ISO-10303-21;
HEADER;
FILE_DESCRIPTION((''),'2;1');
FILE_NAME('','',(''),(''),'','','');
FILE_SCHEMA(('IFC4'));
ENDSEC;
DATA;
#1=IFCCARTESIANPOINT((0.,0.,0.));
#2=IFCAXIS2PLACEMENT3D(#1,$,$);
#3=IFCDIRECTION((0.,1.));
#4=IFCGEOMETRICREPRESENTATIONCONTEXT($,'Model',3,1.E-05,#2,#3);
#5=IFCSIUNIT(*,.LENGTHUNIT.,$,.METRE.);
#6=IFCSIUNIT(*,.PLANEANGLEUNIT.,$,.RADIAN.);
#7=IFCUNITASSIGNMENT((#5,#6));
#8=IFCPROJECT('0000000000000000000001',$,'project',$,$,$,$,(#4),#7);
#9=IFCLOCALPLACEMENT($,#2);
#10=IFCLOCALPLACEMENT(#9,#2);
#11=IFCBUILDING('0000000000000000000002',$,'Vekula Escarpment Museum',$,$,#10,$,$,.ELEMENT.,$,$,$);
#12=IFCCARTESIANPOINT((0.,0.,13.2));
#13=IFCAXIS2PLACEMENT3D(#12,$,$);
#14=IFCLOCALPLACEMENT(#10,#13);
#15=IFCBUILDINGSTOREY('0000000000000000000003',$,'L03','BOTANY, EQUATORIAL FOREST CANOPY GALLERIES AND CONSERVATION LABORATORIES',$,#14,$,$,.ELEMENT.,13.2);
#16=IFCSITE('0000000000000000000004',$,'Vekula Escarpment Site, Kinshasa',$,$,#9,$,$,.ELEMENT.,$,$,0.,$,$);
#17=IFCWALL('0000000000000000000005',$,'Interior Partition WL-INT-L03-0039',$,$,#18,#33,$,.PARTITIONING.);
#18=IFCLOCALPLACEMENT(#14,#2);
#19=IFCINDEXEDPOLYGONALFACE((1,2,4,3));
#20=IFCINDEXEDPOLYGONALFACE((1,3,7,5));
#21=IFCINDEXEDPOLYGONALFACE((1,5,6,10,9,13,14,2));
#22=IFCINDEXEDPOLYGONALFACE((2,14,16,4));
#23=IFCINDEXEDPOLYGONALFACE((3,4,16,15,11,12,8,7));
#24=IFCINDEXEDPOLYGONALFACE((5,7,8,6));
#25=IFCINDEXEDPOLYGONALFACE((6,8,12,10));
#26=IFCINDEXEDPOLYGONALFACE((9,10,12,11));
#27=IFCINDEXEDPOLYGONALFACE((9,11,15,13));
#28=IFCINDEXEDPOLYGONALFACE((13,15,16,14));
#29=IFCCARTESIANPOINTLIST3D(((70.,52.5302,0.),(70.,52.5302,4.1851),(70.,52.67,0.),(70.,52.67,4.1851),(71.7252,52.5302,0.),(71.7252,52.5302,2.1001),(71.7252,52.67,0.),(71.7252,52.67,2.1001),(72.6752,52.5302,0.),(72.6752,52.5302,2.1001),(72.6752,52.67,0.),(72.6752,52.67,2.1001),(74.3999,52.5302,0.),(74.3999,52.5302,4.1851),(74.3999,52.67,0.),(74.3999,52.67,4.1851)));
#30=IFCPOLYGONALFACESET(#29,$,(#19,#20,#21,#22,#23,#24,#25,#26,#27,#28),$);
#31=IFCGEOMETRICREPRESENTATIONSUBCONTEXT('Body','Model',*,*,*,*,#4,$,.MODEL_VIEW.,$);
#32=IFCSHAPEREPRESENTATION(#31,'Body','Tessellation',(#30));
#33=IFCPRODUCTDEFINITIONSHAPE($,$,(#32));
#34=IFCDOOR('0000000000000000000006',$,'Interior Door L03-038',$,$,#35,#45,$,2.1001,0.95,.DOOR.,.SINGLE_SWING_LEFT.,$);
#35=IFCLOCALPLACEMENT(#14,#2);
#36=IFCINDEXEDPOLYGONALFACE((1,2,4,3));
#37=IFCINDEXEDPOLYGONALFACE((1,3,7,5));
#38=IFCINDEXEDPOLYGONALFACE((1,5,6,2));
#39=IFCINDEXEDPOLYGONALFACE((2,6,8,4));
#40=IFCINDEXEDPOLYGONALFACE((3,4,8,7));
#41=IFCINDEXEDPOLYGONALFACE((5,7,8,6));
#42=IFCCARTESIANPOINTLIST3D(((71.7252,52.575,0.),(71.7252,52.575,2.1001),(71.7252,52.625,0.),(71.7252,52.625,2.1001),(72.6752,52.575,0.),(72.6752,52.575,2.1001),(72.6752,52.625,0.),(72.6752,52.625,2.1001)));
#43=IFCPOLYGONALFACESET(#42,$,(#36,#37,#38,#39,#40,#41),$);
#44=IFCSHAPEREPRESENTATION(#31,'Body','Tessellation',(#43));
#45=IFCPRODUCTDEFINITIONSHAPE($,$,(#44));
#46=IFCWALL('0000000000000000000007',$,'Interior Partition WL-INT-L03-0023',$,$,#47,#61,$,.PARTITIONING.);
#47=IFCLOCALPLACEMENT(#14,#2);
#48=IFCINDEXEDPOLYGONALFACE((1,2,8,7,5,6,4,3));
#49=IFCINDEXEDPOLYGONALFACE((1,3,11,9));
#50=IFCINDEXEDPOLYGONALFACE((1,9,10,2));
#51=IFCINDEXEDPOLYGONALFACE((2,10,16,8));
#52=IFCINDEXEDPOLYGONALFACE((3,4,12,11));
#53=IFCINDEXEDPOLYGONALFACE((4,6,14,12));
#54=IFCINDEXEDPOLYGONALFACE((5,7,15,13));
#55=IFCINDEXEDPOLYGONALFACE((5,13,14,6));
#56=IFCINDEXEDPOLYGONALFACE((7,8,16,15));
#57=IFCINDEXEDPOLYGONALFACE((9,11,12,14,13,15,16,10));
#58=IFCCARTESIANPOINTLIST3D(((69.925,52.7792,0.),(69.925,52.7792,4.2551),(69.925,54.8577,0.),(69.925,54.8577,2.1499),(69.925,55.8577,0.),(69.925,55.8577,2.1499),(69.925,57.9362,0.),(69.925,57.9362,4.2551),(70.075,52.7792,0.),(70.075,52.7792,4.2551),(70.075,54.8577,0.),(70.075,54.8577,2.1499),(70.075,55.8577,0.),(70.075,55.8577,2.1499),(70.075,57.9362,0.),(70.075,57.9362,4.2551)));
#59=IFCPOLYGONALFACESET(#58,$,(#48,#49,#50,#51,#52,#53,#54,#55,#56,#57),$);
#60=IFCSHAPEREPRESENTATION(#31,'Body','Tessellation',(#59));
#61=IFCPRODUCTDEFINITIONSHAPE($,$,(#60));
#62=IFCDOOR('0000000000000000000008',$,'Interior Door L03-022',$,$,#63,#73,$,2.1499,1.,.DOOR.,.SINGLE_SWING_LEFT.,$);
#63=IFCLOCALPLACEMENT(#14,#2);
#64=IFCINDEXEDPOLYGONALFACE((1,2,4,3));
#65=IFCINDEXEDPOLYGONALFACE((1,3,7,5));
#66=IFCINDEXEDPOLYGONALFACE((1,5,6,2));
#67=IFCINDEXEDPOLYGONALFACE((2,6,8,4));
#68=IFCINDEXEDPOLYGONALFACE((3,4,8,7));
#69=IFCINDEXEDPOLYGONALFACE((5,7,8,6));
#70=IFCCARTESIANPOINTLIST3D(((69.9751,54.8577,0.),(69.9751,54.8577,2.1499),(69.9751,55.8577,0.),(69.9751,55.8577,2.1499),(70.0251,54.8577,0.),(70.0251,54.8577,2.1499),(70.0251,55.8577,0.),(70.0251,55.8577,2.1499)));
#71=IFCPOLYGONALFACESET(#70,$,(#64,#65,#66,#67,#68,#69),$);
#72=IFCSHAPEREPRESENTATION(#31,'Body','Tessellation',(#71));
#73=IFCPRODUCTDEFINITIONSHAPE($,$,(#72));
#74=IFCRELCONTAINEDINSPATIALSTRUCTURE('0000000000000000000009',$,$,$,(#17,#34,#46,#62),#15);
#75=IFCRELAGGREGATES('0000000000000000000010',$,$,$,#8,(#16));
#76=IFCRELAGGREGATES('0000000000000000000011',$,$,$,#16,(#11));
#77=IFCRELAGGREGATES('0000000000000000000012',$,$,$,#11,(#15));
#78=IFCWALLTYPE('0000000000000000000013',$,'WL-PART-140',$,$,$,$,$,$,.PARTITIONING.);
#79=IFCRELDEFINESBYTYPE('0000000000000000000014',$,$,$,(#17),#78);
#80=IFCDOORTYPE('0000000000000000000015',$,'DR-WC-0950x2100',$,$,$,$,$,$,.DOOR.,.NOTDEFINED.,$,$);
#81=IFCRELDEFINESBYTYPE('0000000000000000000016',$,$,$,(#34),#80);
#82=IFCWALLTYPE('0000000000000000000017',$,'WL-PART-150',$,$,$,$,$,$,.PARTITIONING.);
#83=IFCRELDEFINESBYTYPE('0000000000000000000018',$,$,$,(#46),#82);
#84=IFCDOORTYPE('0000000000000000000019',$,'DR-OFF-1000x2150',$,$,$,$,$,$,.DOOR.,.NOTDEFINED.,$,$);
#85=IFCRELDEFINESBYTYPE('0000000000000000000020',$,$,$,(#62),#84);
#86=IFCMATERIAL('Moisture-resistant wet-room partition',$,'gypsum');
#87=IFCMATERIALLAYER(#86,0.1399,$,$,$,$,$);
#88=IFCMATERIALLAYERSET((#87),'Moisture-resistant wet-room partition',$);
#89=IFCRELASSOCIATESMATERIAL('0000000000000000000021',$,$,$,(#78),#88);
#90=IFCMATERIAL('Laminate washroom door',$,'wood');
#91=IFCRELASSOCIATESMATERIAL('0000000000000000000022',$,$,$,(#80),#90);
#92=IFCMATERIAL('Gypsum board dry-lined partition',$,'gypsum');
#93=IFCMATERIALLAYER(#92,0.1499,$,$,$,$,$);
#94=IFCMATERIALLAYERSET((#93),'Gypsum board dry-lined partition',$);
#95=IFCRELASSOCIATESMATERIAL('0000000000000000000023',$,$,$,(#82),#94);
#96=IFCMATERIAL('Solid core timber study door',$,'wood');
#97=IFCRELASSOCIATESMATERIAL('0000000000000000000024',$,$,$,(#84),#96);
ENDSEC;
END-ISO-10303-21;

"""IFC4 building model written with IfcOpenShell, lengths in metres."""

from ifc_helpers import new_model, si_unit, direction, frame, frame_2d, origin, place, context, subcontext, project, spatial, rectangle, extrude, material, layer, layer_set, type_object, element, fill, save


model = new_model("IFC4")

# Units and contexts
model_context = context("Model", 3, precision=1e-05, world=origin(), true_north=direction((0.0, 1.0)))
body_context = subcontext(model_context, "Body", "Model", "MODEL_VIEW")
ifc_project = project(units=[si_unit("LENGTHUNIT", "METRE"), si_unit("PLANEANGLEUNIT", "RADIAN")], contexts=[model_context])

# Site, building, storey
site_placement = place(None, origin())
site = spatial("IfcSite", under=ifc_project, at=site_placement, Name="Vekula Escarpment Site, Kinshasa", CompositionType="ELEMENT", RefElevation=0.0)
building_placement = place(site_placement, origin())
building = spatial("IfcBuilding", under=site, at=building_placement, Name="Vekula Escarpment Museum", CompositionType="ELEMENT")
storey_placement = place(building_placement, frame((0.0, 0.0, 13.2)))
storey = spatial("IfcBuildingStorey", under=building, at=storey_placement, Name="L03", Description="BOTANY, EQUATORIAL FOREST CANOPY GALLERIES AND CONSERVATION LABORATORIES", CompositionType="ELEMENT", Elevation=13.2)

# Walls, openings, doors
ifc_material_1 = material(Name="Moisture-resistant wet-room partition", Category="gypsum")
ifc_layer_1 = layer(ifc_material_1, 0.1399)
ifc_layer_set_1 = layer_set([ifc_layer_1], Name="Moisture-resistant wet-room partition")
wall_type_1 = type_object("IfcWallType", Name="WL-PART-140", PredefinedType="PARTITIONING", material=ifc_layer_set_1)
wall_1_placement = place(storey_placement, frame((70.0, 52.6001, 0.0), z_axis=(0.0, 0.0, 1.0), x_axis=(1.0, 0.0, 0.0)))
wall_1 = element("IfcWall", 1, at=wall_1_placement, inside=storey, type_object=wall_type_1, Name="Interior Partition WL-INT-L03-0039", PredefinedType="PARTITIONING", context=body_context, shape_type="SweptSolid", body=[
    extrude(rectangle(XDim=4.3999, YDim=0.1399, at=frame_2d((2.2, 0.0))), origin(), (0.0, 0.0, 1.0), 4.1851),
])
opening_1_placement = place(wall_1_placement, frame((1.7251, 0.0, 0.0)))
opening_1 = element("IfcOpeningElement", 2, at=opening_1_placement, cuts=wall_1, PredefinedType="OPENING", context=body_context, shape_type="SweptSolid", body=[
    extrude(rectangle(XDim=0.95, YDim=2.1001, at=frame_2d((0.4751, 1.05))), frame((0.0, 0.0798, 0.0), z_axis=(0.0, -1.0, 0.0), x_axis=(1.0, 0.0, 0.0)), (0.0, 0.0, 1.0), 0.1599),
])
ifc_material_2 = material(Name="Laminate washroom door", Category="wood")
door_type_1 = type_object("IfcDoorType", Name="DR-WC-0950x2100", OperationType="NOTDEFINED", PredefinedType="DOOR", material=ifc_material_2)
door_1_placement = place(opening_1_placement, origin())
door_1 = element("IfcDoor", 3, at=door_1_placement, inside=storey, type_object=door_type_1, Name="Interior Door L03-038", OperationType="SINGLE_SWING_LEFT", OverallHeight=2.1001, OverallWidth=0.95, PredefinedType="DOOR", context=body_context, shape_type="SweptSolid", body=[
    extrude(rectangle(XDim=0.95, YDim=2.1001, at=frame_2d((0.4751, 1.05))), frame((0.0, 0.0249, 0.0), z_axis=(0.0, -1.0, 0.0), x_axis=(1.0, 0.0, 0.0)), (0.0, 0.0, 1.0), 0.05),
])
fill(opening_1, door_1)
ifc_material_3 = material(Name="Gypsum board dry-lined partition", Category="gypsum")
ifc_layer_2 = layer(ifc_material_3, 0.1499)
ifc_layer_set_2 = layer_set([ifc_layer_2], Name="Gypsum board dry-lined partition")
wall_type_2 = type_object("IfcWallType", Name="WL-PART-150", PredefinedType="PARTITIONING", material=ifc_layer_set_2)
wall_2_placement = place(storey_placement, frame((70.0, 52.7791, 0.0), z_axis=(0.0, 0.0, 1.0), x_axis=(0.0, 1.0, 0.0)))
wall_2 = element("IfcWall", 4, at=wall_2_placement, inside=storey, type_object=wall_type_2, Name="Interior Partition WL-INT-L03-0023", PredefinedType="PARTITIONING", context=body_context, shape_type="SweptSolid", body=[
    extrude(rectangle(XDim=5.157, YDim=0.1499, at=frame_2d((2.5786, 0.0))), origin(), (0.0, 0.0, 1.0), 4.2551),
])
opening_2_placement = place(wall_2_placement, frame((2.0786, 0.0, 0.0)))
opening_2 = element("IfcOpeningElement", 5, at=opening_2_placement, cuts=wall_2, PredefinedType="OPENING", context=body_context, shape_type="SweptSolid", body=[
    extrude(rectangle(XDim=1.0, YDim=2.1499, at=frame_2d((0.5, 1.075))), frame((0.0, 0.085, 0.0), z_axis=(0.0, -1.0, 0.0), x_axis=(1.0, 0.0, 0.0)), (0.0, 0.0, 1.0), 0.1699),
])
ifc_material_4 = material(Name="Solid core timber study door", Category="wood")
door_type_2 = type_object("IfcDoorType", Name="DR-OFF-1000x2150", OperationType="NOTDEFINED", PredefinedType="DOOR", material=ifc_material_4)
door_2_placement = place(opening_2_placement, origin())
door_2 = element("IfcDoor", 6, at=door_2_placement, inside=storey, type_object=door_type_2, Name="Interior Door L03-022", OperationType="SINGLE_SWING_LEFT", OverallHeight=2.1499, OverallWidth=1.0, PredefinedType="DOOR", context=body_context, shape_type="SweptSolid", body=[
    extrude(rectangle(XDim=1.0, YDim=2.1499, at=frame_2d((0.5, 1.075))), frame((0.0, 0.0249, 0.0), z_axis=(0.0, -1.0, 0.0), x_axis=(1.0, 0.0, 0.0)), (0.0, 0.0, 1.0), 0.05),
])
fill(opening_2, door_2)

save(model, "model.ifc")
